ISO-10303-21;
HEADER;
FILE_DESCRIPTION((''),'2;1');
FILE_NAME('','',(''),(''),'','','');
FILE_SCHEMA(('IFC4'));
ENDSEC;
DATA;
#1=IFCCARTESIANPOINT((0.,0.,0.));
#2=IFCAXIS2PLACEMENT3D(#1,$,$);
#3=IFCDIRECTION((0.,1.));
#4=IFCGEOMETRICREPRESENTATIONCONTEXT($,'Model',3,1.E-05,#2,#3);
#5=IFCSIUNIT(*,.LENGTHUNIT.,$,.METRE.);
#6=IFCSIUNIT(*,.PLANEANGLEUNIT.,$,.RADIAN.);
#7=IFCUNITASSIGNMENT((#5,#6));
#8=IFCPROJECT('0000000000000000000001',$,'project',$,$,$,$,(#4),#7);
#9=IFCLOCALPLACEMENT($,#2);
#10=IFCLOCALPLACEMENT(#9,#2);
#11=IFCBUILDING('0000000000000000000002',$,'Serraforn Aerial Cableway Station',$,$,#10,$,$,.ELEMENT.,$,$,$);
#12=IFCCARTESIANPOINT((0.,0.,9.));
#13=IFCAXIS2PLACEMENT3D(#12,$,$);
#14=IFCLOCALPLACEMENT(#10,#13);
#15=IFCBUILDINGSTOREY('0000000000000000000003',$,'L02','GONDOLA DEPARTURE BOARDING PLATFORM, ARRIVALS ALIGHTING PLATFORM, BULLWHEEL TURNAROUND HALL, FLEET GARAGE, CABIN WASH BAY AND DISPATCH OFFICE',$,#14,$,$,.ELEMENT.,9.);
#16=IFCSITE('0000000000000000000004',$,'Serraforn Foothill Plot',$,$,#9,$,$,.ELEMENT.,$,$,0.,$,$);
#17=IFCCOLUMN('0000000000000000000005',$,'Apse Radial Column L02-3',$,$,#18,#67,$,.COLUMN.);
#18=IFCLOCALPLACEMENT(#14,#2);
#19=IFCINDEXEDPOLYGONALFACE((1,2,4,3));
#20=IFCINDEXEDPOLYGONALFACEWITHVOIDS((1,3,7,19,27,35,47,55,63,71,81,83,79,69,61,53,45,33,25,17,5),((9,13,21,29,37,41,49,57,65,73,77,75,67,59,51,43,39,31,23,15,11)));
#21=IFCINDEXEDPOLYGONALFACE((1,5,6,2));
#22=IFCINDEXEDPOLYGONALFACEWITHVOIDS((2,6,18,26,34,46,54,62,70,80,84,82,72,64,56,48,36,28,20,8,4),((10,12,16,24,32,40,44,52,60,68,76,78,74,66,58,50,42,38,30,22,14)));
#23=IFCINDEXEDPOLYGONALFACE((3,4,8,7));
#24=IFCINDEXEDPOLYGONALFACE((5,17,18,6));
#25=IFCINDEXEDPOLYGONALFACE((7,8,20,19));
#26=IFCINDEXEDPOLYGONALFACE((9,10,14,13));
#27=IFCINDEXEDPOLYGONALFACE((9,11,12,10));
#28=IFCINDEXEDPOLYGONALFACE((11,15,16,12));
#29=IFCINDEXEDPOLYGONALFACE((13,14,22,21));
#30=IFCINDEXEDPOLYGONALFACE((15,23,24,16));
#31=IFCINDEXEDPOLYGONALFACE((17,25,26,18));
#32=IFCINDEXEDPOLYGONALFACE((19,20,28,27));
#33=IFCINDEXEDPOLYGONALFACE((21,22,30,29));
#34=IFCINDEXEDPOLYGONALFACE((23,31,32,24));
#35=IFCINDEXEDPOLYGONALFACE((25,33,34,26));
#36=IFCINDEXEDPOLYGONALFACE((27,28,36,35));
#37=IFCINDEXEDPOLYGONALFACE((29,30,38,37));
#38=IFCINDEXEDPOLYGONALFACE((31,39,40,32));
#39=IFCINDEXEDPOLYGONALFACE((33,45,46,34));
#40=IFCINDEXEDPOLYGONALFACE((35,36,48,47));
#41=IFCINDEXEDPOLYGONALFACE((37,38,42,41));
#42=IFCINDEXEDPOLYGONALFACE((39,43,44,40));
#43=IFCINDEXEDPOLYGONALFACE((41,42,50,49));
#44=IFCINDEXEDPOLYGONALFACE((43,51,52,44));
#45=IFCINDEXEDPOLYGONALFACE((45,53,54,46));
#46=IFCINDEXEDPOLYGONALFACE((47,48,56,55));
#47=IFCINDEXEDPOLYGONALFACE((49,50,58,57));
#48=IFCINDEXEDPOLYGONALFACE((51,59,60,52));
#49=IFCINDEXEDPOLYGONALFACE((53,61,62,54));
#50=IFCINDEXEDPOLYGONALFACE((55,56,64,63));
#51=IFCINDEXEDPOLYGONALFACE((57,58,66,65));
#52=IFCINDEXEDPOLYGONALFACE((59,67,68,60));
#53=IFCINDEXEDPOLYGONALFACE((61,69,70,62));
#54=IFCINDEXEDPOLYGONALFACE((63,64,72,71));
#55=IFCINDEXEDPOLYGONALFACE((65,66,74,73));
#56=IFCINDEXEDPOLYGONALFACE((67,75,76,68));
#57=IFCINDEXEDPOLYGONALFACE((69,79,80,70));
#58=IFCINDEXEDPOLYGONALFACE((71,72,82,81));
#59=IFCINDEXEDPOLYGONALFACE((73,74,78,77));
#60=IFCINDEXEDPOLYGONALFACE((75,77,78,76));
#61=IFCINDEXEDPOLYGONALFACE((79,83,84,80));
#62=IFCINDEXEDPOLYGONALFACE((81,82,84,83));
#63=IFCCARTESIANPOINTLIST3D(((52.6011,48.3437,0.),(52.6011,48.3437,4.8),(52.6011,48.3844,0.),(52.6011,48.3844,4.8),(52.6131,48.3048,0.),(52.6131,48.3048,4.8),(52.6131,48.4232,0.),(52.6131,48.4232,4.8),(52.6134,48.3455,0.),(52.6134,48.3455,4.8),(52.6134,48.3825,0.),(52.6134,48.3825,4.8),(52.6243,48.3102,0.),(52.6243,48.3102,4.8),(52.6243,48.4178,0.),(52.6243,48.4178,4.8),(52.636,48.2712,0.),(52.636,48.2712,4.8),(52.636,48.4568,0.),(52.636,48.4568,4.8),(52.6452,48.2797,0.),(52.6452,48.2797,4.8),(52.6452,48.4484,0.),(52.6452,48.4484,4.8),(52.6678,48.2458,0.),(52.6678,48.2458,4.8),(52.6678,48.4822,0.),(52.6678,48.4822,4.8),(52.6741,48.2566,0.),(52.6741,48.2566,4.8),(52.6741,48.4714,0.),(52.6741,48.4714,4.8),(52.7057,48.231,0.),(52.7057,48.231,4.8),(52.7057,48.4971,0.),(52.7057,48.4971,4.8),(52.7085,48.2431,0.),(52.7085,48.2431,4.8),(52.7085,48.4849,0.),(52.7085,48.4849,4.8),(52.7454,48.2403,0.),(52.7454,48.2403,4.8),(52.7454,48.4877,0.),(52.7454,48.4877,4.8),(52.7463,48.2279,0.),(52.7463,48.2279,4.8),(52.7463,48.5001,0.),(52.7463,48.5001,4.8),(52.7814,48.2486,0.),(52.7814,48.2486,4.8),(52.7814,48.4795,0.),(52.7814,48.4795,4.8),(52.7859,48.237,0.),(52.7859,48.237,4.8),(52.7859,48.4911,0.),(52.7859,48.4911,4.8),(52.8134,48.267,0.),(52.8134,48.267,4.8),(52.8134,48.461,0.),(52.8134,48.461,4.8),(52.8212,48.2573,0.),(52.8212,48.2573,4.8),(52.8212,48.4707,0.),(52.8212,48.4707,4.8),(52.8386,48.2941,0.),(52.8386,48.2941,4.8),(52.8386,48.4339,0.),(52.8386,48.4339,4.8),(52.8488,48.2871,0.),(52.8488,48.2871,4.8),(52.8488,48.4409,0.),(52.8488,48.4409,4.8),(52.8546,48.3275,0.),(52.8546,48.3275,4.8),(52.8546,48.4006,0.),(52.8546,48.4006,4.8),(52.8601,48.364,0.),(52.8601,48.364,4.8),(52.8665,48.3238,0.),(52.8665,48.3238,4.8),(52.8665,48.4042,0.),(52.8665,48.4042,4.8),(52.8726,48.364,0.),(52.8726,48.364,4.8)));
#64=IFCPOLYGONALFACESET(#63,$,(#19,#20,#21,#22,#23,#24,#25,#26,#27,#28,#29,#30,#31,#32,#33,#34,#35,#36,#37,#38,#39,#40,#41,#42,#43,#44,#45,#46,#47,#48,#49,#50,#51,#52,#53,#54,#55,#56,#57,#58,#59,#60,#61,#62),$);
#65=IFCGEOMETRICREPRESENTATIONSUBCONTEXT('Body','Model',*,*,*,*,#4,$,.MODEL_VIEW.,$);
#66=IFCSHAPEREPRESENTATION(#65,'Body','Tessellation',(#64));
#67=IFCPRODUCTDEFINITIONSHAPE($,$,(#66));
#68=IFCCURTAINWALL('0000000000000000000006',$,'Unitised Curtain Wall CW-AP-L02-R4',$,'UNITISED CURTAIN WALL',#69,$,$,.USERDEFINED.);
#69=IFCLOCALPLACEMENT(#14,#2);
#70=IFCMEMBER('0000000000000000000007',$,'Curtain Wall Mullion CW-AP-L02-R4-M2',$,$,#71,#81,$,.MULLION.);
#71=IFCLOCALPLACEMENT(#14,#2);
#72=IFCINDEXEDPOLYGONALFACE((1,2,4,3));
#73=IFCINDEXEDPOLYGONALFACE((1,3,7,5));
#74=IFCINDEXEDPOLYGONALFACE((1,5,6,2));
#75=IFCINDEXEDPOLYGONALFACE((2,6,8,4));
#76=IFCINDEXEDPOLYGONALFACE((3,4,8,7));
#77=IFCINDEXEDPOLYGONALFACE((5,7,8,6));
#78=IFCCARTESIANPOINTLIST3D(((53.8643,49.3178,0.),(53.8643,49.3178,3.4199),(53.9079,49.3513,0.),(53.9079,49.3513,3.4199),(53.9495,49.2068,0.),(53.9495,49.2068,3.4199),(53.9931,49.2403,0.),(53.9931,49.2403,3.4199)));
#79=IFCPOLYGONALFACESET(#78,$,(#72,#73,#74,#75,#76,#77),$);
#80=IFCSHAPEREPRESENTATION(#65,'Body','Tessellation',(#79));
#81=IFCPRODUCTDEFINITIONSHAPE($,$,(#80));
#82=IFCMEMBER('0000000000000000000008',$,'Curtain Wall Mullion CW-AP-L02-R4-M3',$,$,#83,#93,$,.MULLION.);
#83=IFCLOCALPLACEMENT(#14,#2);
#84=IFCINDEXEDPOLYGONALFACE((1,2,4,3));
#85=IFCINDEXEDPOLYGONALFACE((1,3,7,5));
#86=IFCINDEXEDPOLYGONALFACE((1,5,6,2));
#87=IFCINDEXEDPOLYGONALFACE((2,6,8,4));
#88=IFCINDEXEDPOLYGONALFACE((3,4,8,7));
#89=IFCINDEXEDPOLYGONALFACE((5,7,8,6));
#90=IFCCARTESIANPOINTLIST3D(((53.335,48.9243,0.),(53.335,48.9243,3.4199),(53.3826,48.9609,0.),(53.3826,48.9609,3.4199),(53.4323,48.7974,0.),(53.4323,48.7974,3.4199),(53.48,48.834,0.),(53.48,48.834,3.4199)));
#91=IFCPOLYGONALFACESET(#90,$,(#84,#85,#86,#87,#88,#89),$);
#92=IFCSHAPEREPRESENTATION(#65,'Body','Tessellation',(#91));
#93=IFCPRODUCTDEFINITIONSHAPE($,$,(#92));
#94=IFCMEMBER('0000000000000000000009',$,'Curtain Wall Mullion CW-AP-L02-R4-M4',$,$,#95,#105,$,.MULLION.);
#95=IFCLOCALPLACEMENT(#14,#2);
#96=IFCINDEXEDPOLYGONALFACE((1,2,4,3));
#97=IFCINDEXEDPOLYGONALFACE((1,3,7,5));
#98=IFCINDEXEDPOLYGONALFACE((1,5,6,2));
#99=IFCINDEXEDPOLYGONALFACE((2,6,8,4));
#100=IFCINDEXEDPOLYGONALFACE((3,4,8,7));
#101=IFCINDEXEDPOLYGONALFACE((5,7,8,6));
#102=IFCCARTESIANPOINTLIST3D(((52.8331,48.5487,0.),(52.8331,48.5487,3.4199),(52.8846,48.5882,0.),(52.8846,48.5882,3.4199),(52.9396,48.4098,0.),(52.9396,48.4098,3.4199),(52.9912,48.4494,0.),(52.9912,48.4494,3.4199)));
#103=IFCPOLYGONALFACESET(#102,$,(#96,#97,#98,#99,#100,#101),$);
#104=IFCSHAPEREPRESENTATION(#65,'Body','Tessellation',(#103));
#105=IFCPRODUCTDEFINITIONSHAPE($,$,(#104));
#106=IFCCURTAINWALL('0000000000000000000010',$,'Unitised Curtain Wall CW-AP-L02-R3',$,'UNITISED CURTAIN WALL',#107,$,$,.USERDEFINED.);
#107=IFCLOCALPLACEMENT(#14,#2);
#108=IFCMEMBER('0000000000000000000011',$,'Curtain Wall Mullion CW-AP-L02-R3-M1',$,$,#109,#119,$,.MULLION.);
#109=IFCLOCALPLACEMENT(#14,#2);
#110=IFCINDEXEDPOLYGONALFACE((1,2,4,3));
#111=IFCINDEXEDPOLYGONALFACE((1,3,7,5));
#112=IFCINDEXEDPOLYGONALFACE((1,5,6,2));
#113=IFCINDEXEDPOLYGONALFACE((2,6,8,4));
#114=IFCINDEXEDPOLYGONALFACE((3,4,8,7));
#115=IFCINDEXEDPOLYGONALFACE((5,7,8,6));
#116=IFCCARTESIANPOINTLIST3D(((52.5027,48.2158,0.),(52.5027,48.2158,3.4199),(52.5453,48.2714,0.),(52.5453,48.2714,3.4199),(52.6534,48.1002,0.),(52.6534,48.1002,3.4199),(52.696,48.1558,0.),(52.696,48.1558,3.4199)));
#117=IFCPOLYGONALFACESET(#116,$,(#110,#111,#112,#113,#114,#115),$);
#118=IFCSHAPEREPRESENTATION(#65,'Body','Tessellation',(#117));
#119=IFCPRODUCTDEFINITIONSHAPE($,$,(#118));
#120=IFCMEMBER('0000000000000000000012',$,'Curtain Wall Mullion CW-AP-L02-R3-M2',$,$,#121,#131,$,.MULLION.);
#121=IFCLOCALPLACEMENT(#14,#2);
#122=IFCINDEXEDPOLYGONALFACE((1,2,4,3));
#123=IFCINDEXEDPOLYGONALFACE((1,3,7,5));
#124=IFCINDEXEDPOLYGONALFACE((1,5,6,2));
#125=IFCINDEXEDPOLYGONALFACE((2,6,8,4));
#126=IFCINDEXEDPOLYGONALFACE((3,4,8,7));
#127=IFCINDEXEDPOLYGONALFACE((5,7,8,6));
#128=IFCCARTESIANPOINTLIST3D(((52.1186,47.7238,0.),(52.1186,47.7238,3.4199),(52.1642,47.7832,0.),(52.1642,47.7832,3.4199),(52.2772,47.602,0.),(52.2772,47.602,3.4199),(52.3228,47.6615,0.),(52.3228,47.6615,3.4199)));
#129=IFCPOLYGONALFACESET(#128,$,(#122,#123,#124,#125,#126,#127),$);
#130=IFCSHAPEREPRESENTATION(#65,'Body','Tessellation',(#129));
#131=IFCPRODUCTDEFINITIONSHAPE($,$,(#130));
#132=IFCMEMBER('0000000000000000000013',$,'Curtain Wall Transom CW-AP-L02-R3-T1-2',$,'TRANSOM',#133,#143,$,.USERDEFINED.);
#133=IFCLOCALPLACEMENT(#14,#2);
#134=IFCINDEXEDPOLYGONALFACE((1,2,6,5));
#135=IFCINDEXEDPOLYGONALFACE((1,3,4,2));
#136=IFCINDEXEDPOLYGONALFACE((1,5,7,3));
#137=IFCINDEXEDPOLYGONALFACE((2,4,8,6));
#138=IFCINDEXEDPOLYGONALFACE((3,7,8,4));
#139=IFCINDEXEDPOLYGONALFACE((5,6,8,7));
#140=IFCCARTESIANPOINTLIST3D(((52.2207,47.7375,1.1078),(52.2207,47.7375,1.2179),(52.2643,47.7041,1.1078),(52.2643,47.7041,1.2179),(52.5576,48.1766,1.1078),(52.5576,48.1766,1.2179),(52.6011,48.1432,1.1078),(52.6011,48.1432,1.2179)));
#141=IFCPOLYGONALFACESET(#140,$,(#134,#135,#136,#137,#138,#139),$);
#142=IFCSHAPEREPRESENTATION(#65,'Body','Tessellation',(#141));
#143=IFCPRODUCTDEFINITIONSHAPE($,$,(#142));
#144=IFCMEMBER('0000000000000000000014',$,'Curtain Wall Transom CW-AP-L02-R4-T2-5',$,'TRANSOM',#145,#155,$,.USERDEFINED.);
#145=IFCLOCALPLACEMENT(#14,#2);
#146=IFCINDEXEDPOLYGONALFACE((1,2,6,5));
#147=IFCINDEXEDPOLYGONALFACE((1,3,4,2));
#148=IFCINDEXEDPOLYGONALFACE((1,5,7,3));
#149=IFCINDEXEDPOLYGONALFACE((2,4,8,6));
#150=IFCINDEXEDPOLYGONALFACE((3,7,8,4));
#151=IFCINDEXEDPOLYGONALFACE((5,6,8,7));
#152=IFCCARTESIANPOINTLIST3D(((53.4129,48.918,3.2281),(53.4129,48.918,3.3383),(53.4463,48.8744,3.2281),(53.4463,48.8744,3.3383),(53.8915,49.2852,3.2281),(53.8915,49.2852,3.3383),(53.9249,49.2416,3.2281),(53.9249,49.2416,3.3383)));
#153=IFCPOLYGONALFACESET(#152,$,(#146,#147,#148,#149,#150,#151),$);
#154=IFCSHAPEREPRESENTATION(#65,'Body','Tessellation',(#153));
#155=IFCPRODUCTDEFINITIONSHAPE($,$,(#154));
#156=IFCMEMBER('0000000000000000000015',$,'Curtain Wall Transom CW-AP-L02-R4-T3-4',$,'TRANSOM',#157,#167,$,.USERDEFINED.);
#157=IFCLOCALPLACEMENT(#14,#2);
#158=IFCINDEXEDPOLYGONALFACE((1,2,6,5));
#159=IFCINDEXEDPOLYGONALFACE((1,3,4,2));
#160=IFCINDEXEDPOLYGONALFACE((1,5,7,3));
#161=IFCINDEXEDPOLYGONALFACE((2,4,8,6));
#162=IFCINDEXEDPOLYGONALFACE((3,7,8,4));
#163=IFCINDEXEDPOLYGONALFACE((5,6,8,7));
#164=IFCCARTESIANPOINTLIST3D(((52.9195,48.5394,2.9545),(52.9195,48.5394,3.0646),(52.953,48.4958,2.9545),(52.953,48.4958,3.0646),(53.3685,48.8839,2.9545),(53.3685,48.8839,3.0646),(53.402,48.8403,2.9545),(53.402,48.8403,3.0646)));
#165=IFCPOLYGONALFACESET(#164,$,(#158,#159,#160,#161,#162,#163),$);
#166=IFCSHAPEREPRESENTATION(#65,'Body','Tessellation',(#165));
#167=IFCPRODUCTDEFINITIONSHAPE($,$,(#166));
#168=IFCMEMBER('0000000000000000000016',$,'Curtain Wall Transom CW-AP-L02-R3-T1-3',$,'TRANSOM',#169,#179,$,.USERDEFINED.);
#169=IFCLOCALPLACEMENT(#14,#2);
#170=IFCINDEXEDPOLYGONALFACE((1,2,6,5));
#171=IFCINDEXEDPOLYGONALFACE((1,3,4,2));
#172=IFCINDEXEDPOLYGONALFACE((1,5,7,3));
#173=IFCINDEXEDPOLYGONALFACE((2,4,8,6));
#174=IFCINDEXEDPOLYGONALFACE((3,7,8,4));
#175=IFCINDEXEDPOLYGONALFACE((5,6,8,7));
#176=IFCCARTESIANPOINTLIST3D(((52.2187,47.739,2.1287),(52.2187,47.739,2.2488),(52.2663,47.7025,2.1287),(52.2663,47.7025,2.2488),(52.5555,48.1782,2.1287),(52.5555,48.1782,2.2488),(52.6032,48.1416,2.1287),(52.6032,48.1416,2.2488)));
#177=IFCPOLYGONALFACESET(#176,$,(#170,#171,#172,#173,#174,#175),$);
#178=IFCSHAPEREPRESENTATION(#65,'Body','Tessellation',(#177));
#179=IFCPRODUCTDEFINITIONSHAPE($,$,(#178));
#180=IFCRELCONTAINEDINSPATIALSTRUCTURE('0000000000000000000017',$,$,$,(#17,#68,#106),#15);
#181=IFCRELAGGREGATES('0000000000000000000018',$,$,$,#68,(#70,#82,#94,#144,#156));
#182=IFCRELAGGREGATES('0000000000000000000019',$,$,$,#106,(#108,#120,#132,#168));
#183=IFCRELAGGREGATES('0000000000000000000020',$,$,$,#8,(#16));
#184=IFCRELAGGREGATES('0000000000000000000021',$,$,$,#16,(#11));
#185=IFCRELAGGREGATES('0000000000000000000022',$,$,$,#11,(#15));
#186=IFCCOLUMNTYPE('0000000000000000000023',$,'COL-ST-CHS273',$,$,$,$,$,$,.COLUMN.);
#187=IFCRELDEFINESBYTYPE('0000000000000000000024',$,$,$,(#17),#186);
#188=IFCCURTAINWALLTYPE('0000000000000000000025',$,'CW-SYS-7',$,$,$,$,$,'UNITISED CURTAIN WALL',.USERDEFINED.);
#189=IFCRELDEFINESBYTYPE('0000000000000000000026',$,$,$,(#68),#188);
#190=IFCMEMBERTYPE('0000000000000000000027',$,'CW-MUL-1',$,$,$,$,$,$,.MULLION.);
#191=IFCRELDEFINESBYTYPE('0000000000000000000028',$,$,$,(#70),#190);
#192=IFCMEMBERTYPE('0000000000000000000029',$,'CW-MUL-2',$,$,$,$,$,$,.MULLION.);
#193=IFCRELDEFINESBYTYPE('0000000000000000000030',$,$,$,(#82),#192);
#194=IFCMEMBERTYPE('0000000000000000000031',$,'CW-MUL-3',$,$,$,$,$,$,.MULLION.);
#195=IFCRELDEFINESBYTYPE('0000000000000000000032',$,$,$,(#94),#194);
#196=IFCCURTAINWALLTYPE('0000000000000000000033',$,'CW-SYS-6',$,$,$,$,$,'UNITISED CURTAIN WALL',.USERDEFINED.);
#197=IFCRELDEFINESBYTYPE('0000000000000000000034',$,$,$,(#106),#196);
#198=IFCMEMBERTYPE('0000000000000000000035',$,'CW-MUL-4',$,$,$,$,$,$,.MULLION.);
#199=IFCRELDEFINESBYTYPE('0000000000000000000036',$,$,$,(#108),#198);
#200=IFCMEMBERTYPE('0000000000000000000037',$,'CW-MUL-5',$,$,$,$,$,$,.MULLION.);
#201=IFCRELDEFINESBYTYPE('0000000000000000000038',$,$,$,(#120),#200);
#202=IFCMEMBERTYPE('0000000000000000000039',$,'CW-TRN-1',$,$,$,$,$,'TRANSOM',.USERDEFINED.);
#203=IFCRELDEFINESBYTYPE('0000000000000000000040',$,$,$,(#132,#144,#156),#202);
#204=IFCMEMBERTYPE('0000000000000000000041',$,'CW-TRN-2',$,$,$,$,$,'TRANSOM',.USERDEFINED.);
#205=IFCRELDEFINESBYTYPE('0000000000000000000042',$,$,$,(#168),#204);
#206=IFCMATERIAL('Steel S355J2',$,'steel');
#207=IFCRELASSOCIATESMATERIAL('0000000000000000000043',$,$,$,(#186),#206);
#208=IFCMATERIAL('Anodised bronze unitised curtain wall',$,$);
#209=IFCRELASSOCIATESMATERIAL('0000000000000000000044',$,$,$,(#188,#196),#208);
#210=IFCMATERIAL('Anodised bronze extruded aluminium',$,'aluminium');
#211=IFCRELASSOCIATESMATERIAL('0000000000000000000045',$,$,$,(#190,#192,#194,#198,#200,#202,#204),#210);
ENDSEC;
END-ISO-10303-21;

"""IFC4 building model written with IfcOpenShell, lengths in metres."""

from ifc_helpers import new_model, si_unit, direction, frame, origin, origin_2d, place, context, subcontext, project, spatial, rectangle, hollow_circle, extrude, material, material_profile, profile_set, type_object, element, aggregate, save


model = new_model("IFC4")

# Units and contexts
model_context = context("Model", 3, precision=1e-05, world=origin(), true_north=direction((0.0, 1.0)))
body_context = subcontext(model_context, "Body", "Model", "MODEL_VIEW")
ifc_project = project(units=[si_unit("LENGTHUNIT", "METRE"), si_unit("PLANEANGLEUNIT", "RADIAN")], contexts=[model_context])

# Site, building, storey
site_placement = place(None, origin())
site = spatial("IfcSite", under=ifc_project, at=site_placement, Name="Serraforn Foothill Plot", CompositionType="ELEMENT", RefElevation=0.0)
building_placement = place(site_placement, origin())
building = spatial("IfcBuilding", under=site, at=building_placement, Name="Serraforn Aerial Cableway Station", CompositionType="ELEMENT")
storey_placement = place(building_placement, frame((0.0, 0.0, 9.0)))
storey = spatial("IfcBuildingStorey", under=building, at=storey_placement, Name="L02", Description="GONDOLA DEPARTURE BOARDING PLATFORM, ARRIVALS ALIGHTING PLATFORM, BULLWHEEL TURNAROUND HALL, FLEET GARAGE, CABIN WASH BAY AND DISPATCH OFFICE", CompositionType="ELEMENT", Elevation=9.0)

# Column
ifc_material_1 = material(Name="Steel S355J2", Category="steel")
ifc_material_profile_1 = material_profile(ifc_material_1, hollow_circle(Radius=0.1365, WallThickness=0.0125, at=origin_2d()), Name="CHS 273.0x12.5")
ifc_profile_set_1 = profile_set([ifc_material_profile_1], Name="Steel S355J2")
column_type = type_object("IfcColumnType", Name="COL-ST-CHS273", PredefinedType="COLUMN", material=ifc_profile_set_1)
column_placement = place(storey_placement, frame((52.7361, 48.364, 0.0), z_axis=(0.0, 0.0, 1.0), x_axis=(1.0, 0.0, 0.0)))
element("IfcColumn", 1, at=column_placement, inside=storey, type_object=column_type, Name="Apse Radial Column L02-3", PredefinedType="COLUMN", context=body_context, shape_type="SweptSolid", body=[
    extrude(hollow_circle(Radius=0.1365, WallThickness=0.0125, at=origin_2d()), origin(), (0.0, 0.0, 1.0), 4.8),
])

# Curtain walls, members
ifc_material_2 = material(Name="Anodised bronze unitised curtain wall")
curtain_wall_type_1 = type_object("IfcCurtainWallType", Name="CW-SYS-7", ElementType="UNITISED CURTAIN WALL", PredefinedType="USERDEFINED", material=ifc_material_2)
curtain_wall_1_placement = place(storey_placement, origin())
curtain_wall_1 = element("IfcCurtainWall", 2, at=curtain_wall_1_placement, inside=storey, type_object=curtain_wall_type_1, Name="Unitised Curtain Wall CW-AP-L02-R4", ObjectType="UNITISED CURTAIN WALL", PredefinedType="USERDEFINED")
ifc_material_3 = material(Name="Anodised bronze extruded aluminium", Category="aluminium")
ifc_material_profile_2 = material_profile(ifc_material_3, rectangle(XDim=0.0549, YDim=0.1399, at=origin_2d()), Name="CW MULLION 55x140")
ifc_profile_set_2 = profile_set([ifc_material_profile_2], Name="Anodised bronze extruded aluminium")
member_type_1 = type_object("IfcMemberType", Name="CW-MUL-1", PredefinedType="MULLION", material=ifc_profile_set_2)
member_1_placement = place(storey_placement, frame((53.9287, 49.2791, 0.0), z_axis=(0.0, 0.0, 1.0), x_axis=(-0.793363, -0.608749, 0.0)))
member_1 = element("IfcMember", 3, at=member_1_placement, type_object=member_type_1, Name="Curtain Wall Mullion CW-AP-L02-R4-M2", PredefinedType="MULLION", context=body_context, shape_type="SweptSolid", body=[
    extrude(rectangle(XDim=0.0549, YDim=0.1399, at=origin_2d()), origin(), (0.0, 0.0, 1.0), 3.4199),
])
ifc_material_profile_3 = material_profile(ifc_material_3, rectangle(XDim=0.0601, YDim=0.1599, at=origin_2d()), Name="CW MULLION 60x160")
ifc_profile_set_3 = profile_set([ifc_material_profile_3], Name="Anodised bronze extruded aluminium")
member_type_2 = type_object("IfcMemberType", Name="CW-MUL-2", PredefinedType="MULLION", material=ifc_profile_set_3)
member_2_placement = place(storey_placement, frame((53.4075, 48.8792, 0.0), z_axis=(0.0, 0.0, 1.0), x_axis=(-0.793363, -0.608749, 0.0)))
member_2 = element("IfcMember", 4, at=member_2_placement, type_object=member_type_2, Name="Curtain Wall Mullion CW-AP-L02-R4-M3", PredefinedType="MULLION", context=body_context, shape_type="SweptSolid", body=[
    extrude(rectangle(XDim=0.0601, YDim=0.1599, at=origin_2d()), origin(), (0.0, 0.0, 1.0), 3.4199),
])
ifc_material_profile_4 = material_profile(ifc_material_3, rectangle(XDim=0.0649, YDim=0.175, at=origin_2d()), Name="CW MULLION 65x175")
ifc_profile_set_4 = profile_set([ifc_material_profile_4], Name="Anodised bronze extruded aluminium")
member_type_3 = type_object("IfcMemberType", Name="CW-MUL-3", PredefinedType="MULLION", material=ifc_profile_set_4)
member_3_placement = place(storey_placement, frame((52.9121, 48.499, 0.0), z_axis=(0.0, 0.0, 1.0), x_axis=(-0.793363, -0.608749, 0.0)))
member_3 = element("IfcMember", 5, at=member_3_placement, type_object=member_type_3, Name="Curtain Wall Mullion CW-AP-L02-R4-M4", PredefinedType="MULLION", context=body_context, shape_type="SweptSolid", body=[
    extrude(rectangle(XDim=0.0649, YDim=0.175, at=origin_2d()), origin(), (0.0, 0.0, 1.0), 3.4199),
])
curtain_wall_type_2 = type_object("IfcCurtainWallType", Name="CW-SYS-6", ElementType="UNITISED CURTAIN WALL", PredefinedType="USERDEFINED", material=ifc_material_2)
curtain_wall_2_placement = place(storey_placement, origin())
curtain_wall_2 = element("IfcCurtainWall", 6, at=curtain_wall_2_placement, inside=storey, type_object=curtain_wall_type_2, Name="Unitised Curtain Wall CW-AP-L02-R3", ObjectType="UNITISED CURTAIN WALL", PredefinedType="USERDEFINED")
ifc_material_profile_5 = material_profile(ifc_material_3, rectangle(XDim=0.0701, YDim=0.1899, at=origin_2d()), Name="CW MULLION 70x190")
ifc_profile_set_5 = profile_set([ifc_material_profile_5], Name="Anodised bronze extruded aluminium")
member_type_4 = type_object("IfcMemberType", Name="CW-MUL-4", PredefinedType="MULLION", material=ifc_profile_set_5)
member_4_placement = place(storey_placement, frame((52.5994, 48.1858, 0.0), z_axis=(0.0, 0.0, 1.0), x_axis=(-0.608749, -0.793363, 0.0)))
member_4 = element("IfcMember", 7, at=member_4_placement, type_object=member_type_4, Name="Curtain Wall Mullion CW-AP-L02-R3-M1", PredefinedType="MULLION", context=body_context, shape_type="SweptSolid", body=[
    extrude(rectangle(XDim=0.0701, YDim=0.1899, at=origin_2d()), origin(), (0.0, 0.0, 1.0), 3.4199),
])
ifc_material_profile_6 = material_profile(ifc_material_3, rectangle(XDim=0.075, YDim=0.2, at=origin_2d()), Name="CW MULLION 75x200")
ifc_profile_set_6 = profile_set([ifc_material_profile_6], Name="Anodised bronze extruded aluminium")
member_type_5 = type_object("IfcMemberType", Name="CW-MUL-5", PredefinedType="MULLION", material=ifc_profile_set_6)
member_5_placement = place(storey_placement, frame((52.2207, 47.6926, 0.0), z_axis=(0.0, 0.0, 1.0), x_axis=(-0.608749, -0.793363, 0.0)))
member_5 = element("IfcMember", 8, at=member_5_placement, type_object=member_type_5, Name="Curtain Wall Mullion CW-AP-L02-R3-M2", PredefinedType="MULLION", context=body_context, shape_type="SweptSolid", body=[
    extrude(rectangle(XDim=0.075, YDim=0.2, at=origin_2d()), origin(), (0.0, 0.0, 1.0), 3.4199),
])
ifc_material_profile_7 = material_profile(ifc_material_3, rectangle(XDim=0.0549, YDim=0.1101, at=origin_2d()), Name="CW TRANSOM 55x110")
ifc_profile_set_7 = profile_set([ifc_material_profile_7], Name="Anodised bronze extruded aluminium")
member_type_6 = type_object("IfcMemberType", Name="CW-TRN-1", ElementType="TRANSOM", PredefinedType="USERDEFINED", material=ifc_profile_set_7)
member_6_placement = place(storey_placement, frame((52.5793, 48.1599, 1.1628), z_axis=(-0.608644, -0.793443, 0.0), x_axis=(0.793443, -0.608644, 0.0)))
member_6 = element("IfcMember", 9, at=member_6_placement, type_object=member_type_6, Name="Curtain Wall Transom CW-AP-L02-R3-T1-2", ObjectType="TRANSOM", PredefinedType="USERDEFINED", context=body_context, shape_type="SweptSolid", body=[
    extrude(rectangle(XDim=0.0549, YDim=0.1101, at=origin_2d()), origin(), (0.0, 0.0, 1.0), 0.5535),
])

# Members
member_7_placement = place(storey_placement, frame((53.9082, 49.2634, 3.2832), z_axis=(-0.793346, -0.608771, 0.0), x_axis=(0.608771, -0.793346, 0.0)))
member_7 = element("IfcMember", 10, at=member_7_placement, type_object=member_type_6, Name="Curtain Wall Transom CW-AP-L02-R4-T2-5", ObjectType="TRANSOM", PredefinedType="USERDEFINED", context=body_context, shape_type="SweptSolid", body=[
    extrude(rectangle(XDim=0.0549, YDim=0.1101, at=origin_2d()), origin(), (0.0, 0.0, 1.0), 0.6033),
])
member_8_placement = place(storey_placement, frame((53.3853, 48.8621, 3.0095), z_axis=(-0.793377, -0.60873, 0.0), x_axis=(0.60873, -0.793377, 0.0)))
member_8 = element("IfcMember", 11, at=member_8_placement, type_object=member_type_6, Name="Curtain Wall Transom CW-AP-L02-R4-T3-4", ObjectType="TRANSOM", PredefinedType="USERDEFINED", context=body_context, shape_type="SweptSolid", body=[
    extrude(rectangle(XDim=0.0549, YDim=0.1101, at=origin_2d()), origin(), (0.0, 0.0, 1.0), 0.5659),
])
ifc_material_profile_8 = material_profile(ifc_material_3, rectangle(XDim=0.0601, YDim=0.1201, at=origin_2d()), Name="CW TRANSOM 60x120")
ifc_profile_set_8 = profile_set([ifc_material_profile_8], Name="Anodised bronze extruded aluminium")
member_type_7 = type_object("IfcMemberType", Name="CW-TRN-2", ElementType="TRANSOM", PredefinedType="USERDEFINED", material=ifc_profile_set_8)
member_9_placement = place(storey_placement, frame((52.5793, 48.1599, 2.1887), z_axis=(-0.608644, -0.793443, 0.0), x_axis=(0.793443, -0.608644, 0.0)))
member_9 = element("IfcMember", 12, at=member_9_placement, type_object=member_type_7, Name="Curtain Wall Transom CW-AP-L02-R3-T1-3", ObjectType="TRANSOM", PredefinedType="USERDEFINED", context=body_context, shape_type="SweptSolid", body=[
    extrude(rectangle(XDim=0.0601, YDim=0.1201, at=origin_2d()), origin(), (0.0, 0.0, 1.0), 0.5535),
])

aggregate(curtain_wall_1, [member_1, member_2, member_3, member_7, member_8])
aggregate(curtain_wall_2, [member_4, member_5, member_6, member_9])

save(model, "model.ifc")
